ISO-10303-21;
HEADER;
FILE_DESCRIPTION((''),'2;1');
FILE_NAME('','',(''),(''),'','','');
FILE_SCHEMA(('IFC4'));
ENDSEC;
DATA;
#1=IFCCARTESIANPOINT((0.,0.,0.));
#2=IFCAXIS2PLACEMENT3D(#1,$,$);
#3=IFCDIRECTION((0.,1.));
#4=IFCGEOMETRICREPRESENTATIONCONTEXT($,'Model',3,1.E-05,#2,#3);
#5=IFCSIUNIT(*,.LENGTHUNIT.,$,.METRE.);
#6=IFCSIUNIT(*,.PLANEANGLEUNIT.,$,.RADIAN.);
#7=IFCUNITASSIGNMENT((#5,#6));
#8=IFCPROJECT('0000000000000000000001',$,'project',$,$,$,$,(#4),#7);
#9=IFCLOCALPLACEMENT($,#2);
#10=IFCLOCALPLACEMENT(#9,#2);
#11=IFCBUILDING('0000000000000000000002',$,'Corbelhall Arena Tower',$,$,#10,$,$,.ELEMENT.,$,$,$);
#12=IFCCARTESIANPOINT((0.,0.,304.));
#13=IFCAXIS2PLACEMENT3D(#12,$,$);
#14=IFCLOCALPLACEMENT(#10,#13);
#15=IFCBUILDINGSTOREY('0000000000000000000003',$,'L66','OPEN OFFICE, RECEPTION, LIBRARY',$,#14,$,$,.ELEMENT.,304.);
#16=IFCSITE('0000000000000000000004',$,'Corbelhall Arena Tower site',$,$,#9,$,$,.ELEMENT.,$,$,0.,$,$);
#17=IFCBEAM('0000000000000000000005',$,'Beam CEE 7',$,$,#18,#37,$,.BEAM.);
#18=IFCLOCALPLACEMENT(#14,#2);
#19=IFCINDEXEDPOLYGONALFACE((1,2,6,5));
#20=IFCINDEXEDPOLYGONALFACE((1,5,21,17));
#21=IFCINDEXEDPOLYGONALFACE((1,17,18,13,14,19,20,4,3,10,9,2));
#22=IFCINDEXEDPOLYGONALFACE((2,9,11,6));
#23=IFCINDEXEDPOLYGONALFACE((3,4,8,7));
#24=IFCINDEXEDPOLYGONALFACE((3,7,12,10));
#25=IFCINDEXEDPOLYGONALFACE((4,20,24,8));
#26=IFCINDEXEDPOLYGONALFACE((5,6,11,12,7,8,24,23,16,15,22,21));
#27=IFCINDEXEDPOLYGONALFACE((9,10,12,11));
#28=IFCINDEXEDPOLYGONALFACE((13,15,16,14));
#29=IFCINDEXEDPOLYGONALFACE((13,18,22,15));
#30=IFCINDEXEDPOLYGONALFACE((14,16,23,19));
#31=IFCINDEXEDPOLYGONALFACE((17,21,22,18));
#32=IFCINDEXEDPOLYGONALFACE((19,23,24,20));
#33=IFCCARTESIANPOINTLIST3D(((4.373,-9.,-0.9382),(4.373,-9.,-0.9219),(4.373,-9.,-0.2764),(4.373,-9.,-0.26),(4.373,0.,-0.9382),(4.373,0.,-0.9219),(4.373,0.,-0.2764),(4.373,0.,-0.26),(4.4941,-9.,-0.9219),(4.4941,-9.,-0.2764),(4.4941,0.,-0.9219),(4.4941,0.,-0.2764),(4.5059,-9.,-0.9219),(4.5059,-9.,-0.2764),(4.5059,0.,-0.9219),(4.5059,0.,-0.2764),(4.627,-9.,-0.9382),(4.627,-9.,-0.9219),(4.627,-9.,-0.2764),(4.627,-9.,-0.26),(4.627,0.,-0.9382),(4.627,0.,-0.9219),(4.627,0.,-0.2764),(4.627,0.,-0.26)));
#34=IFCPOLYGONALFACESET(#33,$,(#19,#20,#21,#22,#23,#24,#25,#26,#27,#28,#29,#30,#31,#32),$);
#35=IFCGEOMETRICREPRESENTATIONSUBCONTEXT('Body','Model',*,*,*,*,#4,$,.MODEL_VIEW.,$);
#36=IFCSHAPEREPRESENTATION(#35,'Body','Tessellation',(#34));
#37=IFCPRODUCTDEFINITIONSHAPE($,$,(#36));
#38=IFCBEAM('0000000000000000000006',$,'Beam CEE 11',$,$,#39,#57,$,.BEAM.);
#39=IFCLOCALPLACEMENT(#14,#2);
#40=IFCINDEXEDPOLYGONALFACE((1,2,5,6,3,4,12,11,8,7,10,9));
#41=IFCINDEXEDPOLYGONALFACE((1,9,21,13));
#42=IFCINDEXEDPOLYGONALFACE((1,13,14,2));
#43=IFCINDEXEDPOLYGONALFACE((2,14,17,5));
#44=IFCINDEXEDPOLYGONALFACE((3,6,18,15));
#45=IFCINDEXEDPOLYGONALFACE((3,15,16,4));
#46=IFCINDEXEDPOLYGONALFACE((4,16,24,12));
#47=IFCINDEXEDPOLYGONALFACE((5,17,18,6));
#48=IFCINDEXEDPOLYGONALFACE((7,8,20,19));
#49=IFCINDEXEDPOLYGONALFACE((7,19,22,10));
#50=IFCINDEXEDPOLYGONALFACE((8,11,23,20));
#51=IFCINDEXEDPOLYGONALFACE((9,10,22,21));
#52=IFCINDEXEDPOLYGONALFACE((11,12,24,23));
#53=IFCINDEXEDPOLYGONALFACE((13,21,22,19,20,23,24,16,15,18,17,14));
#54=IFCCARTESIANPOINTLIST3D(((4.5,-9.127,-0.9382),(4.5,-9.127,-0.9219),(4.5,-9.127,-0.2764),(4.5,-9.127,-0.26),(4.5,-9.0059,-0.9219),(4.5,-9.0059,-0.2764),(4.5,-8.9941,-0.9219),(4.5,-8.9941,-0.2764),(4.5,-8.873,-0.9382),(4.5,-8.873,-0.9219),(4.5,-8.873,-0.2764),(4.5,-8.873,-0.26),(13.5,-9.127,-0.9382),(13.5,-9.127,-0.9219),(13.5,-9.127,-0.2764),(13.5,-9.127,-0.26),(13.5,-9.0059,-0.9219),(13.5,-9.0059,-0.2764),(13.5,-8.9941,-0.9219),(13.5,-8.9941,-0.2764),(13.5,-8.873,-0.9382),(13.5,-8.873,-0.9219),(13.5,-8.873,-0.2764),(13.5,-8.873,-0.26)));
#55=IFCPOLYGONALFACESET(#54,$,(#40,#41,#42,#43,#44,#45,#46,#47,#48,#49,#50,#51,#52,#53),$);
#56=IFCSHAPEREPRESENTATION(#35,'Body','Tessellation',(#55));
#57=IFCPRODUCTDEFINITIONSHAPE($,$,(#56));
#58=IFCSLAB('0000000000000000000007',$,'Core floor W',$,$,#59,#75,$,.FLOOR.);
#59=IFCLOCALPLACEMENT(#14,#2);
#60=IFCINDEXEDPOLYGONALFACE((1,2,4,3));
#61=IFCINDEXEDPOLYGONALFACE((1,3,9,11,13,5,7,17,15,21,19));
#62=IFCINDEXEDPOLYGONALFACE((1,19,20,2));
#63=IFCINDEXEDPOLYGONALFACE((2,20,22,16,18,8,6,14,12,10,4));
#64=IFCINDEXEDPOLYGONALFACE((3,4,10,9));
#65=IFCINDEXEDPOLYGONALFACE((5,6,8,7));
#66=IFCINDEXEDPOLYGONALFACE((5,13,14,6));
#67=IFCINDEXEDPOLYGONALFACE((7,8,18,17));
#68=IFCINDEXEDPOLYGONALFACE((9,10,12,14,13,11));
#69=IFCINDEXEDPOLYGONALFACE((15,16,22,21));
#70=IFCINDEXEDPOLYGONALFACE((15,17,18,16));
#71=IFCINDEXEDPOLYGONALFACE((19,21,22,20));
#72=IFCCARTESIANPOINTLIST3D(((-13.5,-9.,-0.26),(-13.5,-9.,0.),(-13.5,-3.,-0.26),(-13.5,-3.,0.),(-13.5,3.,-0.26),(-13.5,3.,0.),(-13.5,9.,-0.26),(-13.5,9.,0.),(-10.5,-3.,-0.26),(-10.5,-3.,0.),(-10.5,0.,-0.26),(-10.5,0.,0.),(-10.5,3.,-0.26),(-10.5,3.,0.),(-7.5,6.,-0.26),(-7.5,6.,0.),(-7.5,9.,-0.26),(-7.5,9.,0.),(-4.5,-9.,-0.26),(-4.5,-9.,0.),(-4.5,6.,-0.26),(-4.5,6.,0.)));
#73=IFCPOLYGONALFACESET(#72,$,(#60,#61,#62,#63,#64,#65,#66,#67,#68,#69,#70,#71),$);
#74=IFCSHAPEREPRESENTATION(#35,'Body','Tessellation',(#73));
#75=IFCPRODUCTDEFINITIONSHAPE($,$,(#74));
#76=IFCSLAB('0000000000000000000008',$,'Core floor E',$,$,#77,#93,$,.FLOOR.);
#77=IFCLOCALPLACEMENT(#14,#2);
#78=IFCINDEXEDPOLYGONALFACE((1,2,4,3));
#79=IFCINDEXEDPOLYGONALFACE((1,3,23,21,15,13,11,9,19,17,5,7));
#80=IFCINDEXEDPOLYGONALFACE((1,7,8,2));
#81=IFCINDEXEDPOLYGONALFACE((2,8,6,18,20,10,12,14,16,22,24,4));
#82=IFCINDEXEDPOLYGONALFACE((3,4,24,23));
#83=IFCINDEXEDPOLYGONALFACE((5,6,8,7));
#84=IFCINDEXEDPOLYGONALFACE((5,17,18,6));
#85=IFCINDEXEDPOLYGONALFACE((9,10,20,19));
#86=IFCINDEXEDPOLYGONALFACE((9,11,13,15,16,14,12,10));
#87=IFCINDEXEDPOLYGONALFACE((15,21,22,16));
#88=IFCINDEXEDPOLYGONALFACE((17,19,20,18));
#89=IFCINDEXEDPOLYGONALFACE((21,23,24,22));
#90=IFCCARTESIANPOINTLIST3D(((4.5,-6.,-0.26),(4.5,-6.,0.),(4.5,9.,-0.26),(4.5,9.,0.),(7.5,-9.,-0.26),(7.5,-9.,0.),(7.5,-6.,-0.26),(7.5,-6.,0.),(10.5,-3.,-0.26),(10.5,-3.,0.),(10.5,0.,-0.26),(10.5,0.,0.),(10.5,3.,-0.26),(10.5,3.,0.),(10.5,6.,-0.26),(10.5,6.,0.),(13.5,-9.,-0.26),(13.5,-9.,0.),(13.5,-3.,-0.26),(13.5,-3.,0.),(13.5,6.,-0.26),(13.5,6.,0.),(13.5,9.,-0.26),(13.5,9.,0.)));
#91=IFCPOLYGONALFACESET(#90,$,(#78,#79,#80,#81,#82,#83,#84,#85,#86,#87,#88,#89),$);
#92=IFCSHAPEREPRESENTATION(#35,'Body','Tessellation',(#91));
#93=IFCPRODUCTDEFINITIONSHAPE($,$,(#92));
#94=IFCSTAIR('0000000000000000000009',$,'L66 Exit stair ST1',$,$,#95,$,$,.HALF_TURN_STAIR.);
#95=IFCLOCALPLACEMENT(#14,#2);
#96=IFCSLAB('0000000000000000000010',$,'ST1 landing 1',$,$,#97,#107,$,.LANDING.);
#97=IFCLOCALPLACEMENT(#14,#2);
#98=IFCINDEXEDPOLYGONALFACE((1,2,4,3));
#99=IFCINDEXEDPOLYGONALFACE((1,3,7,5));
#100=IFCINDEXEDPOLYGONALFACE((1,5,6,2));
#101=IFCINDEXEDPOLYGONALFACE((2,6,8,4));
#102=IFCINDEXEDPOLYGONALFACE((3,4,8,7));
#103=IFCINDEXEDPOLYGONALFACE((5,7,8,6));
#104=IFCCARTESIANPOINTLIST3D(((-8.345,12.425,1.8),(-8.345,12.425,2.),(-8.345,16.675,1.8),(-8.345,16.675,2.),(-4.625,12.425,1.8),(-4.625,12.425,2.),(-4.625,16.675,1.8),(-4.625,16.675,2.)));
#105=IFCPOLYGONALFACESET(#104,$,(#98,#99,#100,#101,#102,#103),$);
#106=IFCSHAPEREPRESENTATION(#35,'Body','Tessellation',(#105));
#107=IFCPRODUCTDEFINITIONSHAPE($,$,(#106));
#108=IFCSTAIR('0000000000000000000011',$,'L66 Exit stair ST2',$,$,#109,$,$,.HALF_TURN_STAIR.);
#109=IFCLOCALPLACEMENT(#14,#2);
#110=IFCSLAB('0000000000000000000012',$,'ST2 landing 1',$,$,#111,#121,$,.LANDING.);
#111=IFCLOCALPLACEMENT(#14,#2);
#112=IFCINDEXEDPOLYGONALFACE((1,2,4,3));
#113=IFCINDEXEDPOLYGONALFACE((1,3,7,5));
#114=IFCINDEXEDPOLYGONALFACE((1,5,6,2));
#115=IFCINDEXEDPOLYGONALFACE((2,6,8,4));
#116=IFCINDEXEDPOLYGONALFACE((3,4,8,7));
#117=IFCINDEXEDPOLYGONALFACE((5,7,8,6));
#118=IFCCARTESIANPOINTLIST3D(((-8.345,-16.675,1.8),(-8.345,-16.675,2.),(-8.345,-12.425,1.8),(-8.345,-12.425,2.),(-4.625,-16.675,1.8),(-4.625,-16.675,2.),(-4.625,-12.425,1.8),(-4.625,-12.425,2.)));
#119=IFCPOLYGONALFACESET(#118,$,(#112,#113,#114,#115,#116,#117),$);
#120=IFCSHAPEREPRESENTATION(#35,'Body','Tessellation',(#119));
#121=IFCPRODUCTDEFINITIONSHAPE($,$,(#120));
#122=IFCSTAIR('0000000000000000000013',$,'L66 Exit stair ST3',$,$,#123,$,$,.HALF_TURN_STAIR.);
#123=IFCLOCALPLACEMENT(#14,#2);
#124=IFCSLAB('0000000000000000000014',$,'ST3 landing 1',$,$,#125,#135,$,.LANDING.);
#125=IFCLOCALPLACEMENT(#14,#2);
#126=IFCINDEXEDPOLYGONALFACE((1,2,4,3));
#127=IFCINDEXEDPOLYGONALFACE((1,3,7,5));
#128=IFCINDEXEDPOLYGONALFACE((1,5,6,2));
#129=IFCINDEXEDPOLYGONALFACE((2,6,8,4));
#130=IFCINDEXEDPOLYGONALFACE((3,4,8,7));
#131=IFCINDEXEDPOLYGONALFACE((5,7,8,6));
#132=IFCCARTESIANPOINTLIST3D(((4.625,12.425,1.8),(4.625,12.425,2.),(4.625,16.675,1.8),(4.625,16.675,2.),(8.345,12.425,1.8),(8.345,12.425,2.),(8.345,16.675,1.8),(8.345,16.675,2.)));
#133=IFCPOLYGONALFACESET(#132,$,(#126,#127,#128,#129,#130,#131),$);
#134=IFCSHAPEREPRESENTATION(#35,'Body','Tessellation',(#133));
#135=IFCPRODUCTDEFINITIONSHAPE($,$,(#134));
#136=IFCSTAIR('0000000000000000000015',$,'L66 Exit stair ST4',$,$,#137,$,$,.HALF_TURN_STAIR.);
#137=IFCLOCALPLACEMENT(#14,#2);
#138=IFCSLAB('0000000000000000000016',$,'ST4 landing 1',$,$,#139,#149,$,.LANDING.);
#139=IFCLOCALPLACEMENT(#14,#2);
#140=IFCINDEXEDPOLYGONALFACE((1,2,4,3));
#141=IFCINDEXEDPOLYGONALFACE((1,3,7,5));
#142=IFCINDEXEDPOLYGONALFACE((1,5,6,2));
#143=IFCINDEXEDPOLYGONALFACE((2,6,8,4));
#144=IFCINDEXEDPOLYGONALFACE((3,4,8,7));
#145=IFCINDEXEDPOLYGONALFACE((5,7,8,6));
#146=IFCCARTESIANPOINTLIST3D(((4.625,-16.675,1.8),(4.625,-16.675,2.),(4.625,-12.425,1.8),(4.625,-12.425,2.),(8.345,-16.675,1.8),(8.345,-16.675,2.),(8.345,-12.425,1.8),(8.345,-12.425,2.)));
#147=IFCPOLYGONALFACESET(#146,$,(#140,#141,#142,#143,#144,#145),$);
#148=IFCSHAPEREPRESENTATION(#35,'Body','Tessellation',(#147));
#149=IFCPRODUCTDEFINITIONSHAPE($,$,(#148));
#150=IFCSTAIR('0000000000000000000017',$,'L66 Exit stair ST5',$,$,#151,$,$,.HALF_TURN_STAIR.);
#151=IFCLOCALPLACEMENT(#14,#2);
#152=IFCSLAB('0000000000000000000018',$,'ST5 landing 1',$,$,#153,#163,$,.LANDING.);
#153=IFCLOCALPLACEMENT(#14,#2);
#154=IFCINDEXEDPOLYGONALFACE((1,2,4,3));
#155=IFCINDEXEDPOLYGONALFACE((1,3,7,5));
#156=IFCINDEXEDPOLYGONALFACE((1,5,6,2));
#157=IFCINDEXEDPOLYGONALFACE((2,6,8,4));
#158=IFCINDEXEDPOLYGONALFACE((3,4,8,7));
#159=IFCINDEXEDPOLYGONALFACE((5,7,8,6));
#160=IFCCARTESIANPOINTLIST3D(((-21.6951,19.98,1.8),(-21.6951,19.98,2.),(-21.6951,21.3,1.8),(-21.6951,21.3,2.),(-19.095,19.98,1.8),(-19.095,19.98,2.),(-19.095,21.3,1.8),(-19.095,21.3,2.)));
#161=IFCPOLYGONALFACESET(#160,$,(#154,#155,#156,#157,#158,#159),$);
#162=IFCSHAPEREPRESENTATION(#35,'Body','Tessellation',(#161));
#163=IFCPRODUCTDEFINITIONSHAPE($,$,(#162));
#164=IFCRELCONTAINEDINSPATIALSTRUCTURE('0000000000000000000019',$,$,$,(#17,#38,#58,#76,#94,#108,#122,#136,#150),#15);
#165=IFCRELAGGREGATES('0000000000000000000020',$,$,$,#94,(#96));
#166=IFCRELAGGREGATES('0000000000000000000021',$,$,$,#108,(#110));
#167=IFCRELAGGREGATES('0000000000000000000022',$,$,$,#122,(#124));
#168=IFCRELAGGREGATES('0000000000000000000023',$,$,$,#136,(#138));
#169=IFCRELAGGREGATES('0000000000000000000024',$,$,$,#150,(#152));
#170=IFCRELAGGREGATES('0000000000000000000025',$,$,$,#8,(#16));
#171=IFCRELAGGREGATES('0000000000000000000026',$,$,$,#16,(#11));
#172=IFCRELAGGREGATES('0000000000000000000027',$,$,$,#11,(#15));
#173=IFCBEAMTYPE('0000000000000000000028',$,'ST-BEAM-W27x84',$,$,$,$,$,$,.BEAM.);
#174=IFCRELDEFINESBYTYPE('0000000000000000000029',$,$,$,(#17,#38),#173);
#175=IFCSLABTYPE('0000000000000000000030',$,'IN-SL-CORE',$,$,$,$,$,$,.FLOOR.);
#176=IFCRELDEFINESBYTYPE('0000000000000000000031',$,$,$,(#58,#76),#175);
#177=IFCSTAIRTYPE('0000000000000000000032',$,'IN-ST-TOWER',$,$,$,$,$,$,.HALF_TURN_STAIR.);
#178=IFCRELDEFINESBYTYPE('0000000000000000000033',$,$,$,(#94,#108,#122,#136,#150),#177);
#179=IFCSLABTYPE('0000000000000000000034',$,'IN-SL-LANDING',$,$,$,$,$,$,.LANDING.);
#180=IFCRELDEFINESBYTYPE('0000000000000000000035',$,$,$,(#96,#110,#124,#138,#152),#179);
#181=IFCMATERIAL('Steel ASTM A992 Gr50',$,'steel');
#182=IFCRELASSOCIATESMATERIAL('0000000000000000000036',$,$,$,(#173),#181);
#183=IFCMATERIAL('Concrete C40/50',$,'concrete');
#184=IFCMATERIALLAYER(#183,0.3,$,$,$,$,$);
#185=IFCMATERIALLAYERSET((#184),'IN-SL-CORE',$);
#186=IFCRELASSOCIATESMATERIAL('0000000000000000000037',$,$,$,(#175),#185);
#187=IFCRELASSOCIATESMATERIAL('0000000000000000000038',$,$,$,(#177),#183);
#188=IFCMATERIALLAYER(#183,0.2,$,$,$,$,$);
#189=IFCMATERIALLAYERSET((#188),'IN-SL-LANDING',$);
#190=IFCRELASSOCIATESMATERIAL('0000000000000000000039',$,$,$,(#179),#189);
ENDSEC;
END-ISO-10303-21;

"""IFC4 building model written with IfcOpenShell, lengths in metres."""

from ifc_helpers import new_model, si_unit, direction, frame, origin, origin_2d, place, context, subcontext, project, spatial, polyline, i_section, outline, extrude, material, layer, layer_set, material_profile, profile_set, type_object, element, aggregate, save


model = new_model("IFC4")

# Units and contexts
model_context = context("Model", 3, precision=1e-05, world=origin(), true_north=direction((0.0, 1.0)))
body_context = subcontext(model_context, "Body", "Model", "MODEL_VIEW")
ifc_project = project(units=[si_unit("LENGTHUNIT", "METRE"), si_unit("PLANEANGLEUNIT", "RADIAN")], contexts=[model_context])

# Site, building, storey
site_placement = place(None, origin())
site = spatial("IfcSite", under=ifc_project, at=site_placement, Name="Corbelhall Arena Tower site", CompositionType="ELEMENT", RefElevation=0.0)
building_placement = place(site_placement, origin())
building = spatial("IfcBuilding", under=site, at=building_placement, Name="Corbelhall Arena Tower", CompositionType="ELEMENT")
storey_placement = place(building_placement, frame((0.0, 0.0, 304.0)))
storey = spatial("IfcBuildingStorey", under=building, at=storey_placement, Name="L66", Description="OPEN OFFICE, RECEPTION, LIBRARY", CompositionType="ELEMENT", Elevation=304.0)

# Beams
ifc_material_1 = material(Name="Steel ASTM A992 Gr50", Category="steel")
ifc_material_profile = material_profile(ifc_material_1, i_section(OverallWidth=0.2539, OverallDepth=0.6782, WebThickness=0.0117, FlangeThickness=0.0164, at=origin_2d()))
ifc_profile_set = profile_set([ifc_material_profile], Name="Steel ASTM A992 Gr50")
beam_type = type_object("IfcBeamType", Name="ST-BEAM-W27x84", PredefinedType="BEAM", material=ifc_profile_set)
for number, where, z_axis, x_axis, name in (
    (1, (4.5, -9.0, -0.5991), (0.0, 1.0, 0.0), (-1.0, 0.0, 0.0), "Beam CEE 7"),
    (2, (4.5, -9.0, -0.5991), (1.0, 0.0, 0.0), (0.0, 1.0, 0.0), "Beam CEE 11"),
):
    element("IfcBeam", number, at=place(storey_placement, frame(where, z_axis=z_axis, x_axis=x_axis)), inside=storey, type_object=beam_type, Name=name, PredefinedType="BEAM", context=body_context, shape_type="SweptSolid", body=[
        extrude(i_section(OverallWidth=0.2539, OverallDepth=0.6782, WebThickness=0.0117, FlangeThickness=0.0164, at=origin_2d()), origin(), (0.0, 0.0, 1.0), 9.0),
    ])

# Slabs
ifc_material_2 = material(Name="Concrete C40/50", Category="concrete")
ifc_layer_1 = layer(ifc_material_2, 0.3)
ifc_layer_set_1 = layer_set([ifc_layer_1], Name="IN-SL-CORE")
slab_type_1 = type_object("IfcSlabType", Name="IN-SL-CORE", PredefinedType="FLOOR", material=ifc_layer_set_1)
slab_1_placement = place(storey_placement, frame((0.0, 0.0, -0.26)))
element("IfcSlab", 3, at=slab_1_placement, inside=storey, type_object=slab_type_1, Name="Core floor W", PredefinedType="FLOOR", context=body_context, shape_type="SweptSolid", body=[
    extrude(outline(polyline([(-13.5, -3.0), (-13.5, -9.0), (-4.5, -9.0), (-4.5, 6.0), (-7.5, 6.0), (-7.5, 9.0), (-13.5, 9.0), (-13.5, 3.0), (-10.5, 3.0), (-10.5, 0.0), (-10.5, -3.0), (-13.5, -3.0)])), origin(), (0.0, 0.0, 1.0), 0.26),
])
slab_2_placement = place(storey_placement, frame((0.0, 0.0, -0.26)))
element("IfcSlab", 4, at=slab_2_placement, inside=storey, type_object=slab_type_1, Name="Core floor E", PredefinedType="FLOOR", context=body_context, shape_type="SweptSolid", body=[
    extrude(outline(polyline([(10.5, 0.0), (10.5, 3.0), (10.5, 6.0), (13.5, 6.0), (13.5, 9.0), (4.5, 9.0), (4.5, -6.0), (7.5, -6.0), (7.5, -9.0), (13.5, -9.0), (13.5, -3.0), (10.5, -3.0), (10.5, 0.0)])), origin(), (0.0, 0.0, 1.0), 0.26),
])

# Stairs, slabs
stair_type = type_object("IfcStairType", Name="IN-ST-TOWER", PredefinedType="HALF_TURN_STAIR", material=ifc_material_2)
stair_1_placement = place(storey_placement, origin())
stair_1 = element("IfcStair", 5, at=stair_1_placement, inside=storey, type_object=stair_type, Name="L66 Exit stair ST1", PredefinedType="HALF_TURN_STAIR")
ifc_layer_2 = layer(ifc_material_2, 0.2)
ifc_layer_set_2 = layer_set([ifc_layer_2], Name="IN-SL-LANDING")
slab_type_2 = type_object("IfcSlabType", Name="IN-SL-LANDING", PredefinedType="LANDING", material=ifc_layer_set_2)
slab_3_placement = place(storey_placement, frame((0.0, 0.0, 1.8)))
slab_3 = element("IfcSlab", 6, at=slab_3_placement, type_object=slab_type_2, Name="ST1 landing 1", PredefinedType="LANDING", context=body_context, shape_type="SweptSolid", body=[
    extrude(outline(polyline([(-8.345, 12.425), (-4.625, 12.425), (-4.625, 16.675), (-8.345, 16.675), (-8.345, 12.425)])), origin(), (0.0, 0.0, 1.0), 0.2),
])
aggregate(stair_1, [slab_3])
stair_2_placement = place(storey_placement, origin())
stair_2 = element("IfcStair", 7, at=stair_2_placement, inside=storey, type_object=stair_type, Name="L66 Exit stair ST2", PredefinedType="HALF_TURN_STAIR")
slab_4_placement = place(storey_placement, frame((0.0, 0.0, 1.8)))
slab_4 = element("IfcSlab", 8, at=slab_4_placement, type_object=slab_type_2, Name="ST2 landing 1", PredefinedType="LANDING", context=body_context, shape_type="SweptSolid", body=[
    extrude(outline(polyline([(-8.345, -16.675), (-4.625, -16.675), (-4.625, -12.425), (-8.345, -12.425), (-8.345, -16.675)])), origin(), (0.0, 0.0, 1.0), 0.2),
])
aggregate(stair_2, [slab_4])
stair_3_placement = place(storey_placement, origin())
stair_3 = element("IfcStair", 9, at=stair_3_placement, inside=storey, type_object=stair_type, Name="L66 Exit stair ST3", PredefinedType="HALF_TURN_STAIR")
slab_5_placement = place(storey_placement, frame((0.0, 0.0, 1.8)))
slab_5 = element("IfcSlab", 10, at=slab_5_placement, type_object=slab_type_2, Name="ST3 landing 1", PredefinedType="LANDING", context=body_context, shape_type="SweptSolid", body=[
    extrude(outline(polyline([(8.345, 16.675), (4.625, 16.675), (4.625, 12.425), (8.345, 12.425), (8.345, 16.675)])), origin(), (0.0, 0.0, 1.0), 0.2),
])
aggregate(stair_3, [slab_5])
stair_4_placement = place(storey_placement, origin())
stair_4 = element("IfcStair", 11, at=stair_4_placement, inside=storey, type_object=stair_type, Name="L66 Exit stair ST4", PredefinedType="HALF_TURN_STAIR")
slab_6_placement = place(storey_placement, frame((0.0, 0.0, 1.8)))
slab_6 = element("IfcSlab", 12, at=slab_6_placement, type_object=slab_type_2, Name="ST4 landing 1", PredefinedType="LANDING", context=body_context, shape_type="SweptSolid", body=[
    extrude(outline(polyline([(8.345, -12.425), (4.625, -12.425), (4.625, -16.675), (8.345, -16.675), (8.345, -12.425)])), origin(), (0.0, 0.0, 1.0), 0.2),
])
aggregate(stair_4, [slab_6])
stair_5_placement = place(storey_placement, origin())
stair_5 = element("IfcStair", 13, at=stair_5_placement, inside=storey, type_object=stair_type, Name="L66 Exit stair ST5", PredefinedType="HALF_TURN_STAIR")
slab_7_placement = place(storey_placement, frame((0.0, 0.0, 1.8)))
slab_7 = element("IfcSlab", 14, at=slab_7_placement, type_object=slab_type_2, Name="ST5 landing 1", PredefinedType="LANDING", context=body_context, shape_type="SweptSolid", body=[
    extrude(outline(polyline([(-19.095, 19.98), (-19.095, 21.3), (-21.6951, 21.3), (-21.6951, 19.98), (-19.095, 19.98)])), origin(), (0.0, 0.0, 1.0), 0.2),
])
aggregate(stair_5, [slab_7])

save(model, "model.ifc")
